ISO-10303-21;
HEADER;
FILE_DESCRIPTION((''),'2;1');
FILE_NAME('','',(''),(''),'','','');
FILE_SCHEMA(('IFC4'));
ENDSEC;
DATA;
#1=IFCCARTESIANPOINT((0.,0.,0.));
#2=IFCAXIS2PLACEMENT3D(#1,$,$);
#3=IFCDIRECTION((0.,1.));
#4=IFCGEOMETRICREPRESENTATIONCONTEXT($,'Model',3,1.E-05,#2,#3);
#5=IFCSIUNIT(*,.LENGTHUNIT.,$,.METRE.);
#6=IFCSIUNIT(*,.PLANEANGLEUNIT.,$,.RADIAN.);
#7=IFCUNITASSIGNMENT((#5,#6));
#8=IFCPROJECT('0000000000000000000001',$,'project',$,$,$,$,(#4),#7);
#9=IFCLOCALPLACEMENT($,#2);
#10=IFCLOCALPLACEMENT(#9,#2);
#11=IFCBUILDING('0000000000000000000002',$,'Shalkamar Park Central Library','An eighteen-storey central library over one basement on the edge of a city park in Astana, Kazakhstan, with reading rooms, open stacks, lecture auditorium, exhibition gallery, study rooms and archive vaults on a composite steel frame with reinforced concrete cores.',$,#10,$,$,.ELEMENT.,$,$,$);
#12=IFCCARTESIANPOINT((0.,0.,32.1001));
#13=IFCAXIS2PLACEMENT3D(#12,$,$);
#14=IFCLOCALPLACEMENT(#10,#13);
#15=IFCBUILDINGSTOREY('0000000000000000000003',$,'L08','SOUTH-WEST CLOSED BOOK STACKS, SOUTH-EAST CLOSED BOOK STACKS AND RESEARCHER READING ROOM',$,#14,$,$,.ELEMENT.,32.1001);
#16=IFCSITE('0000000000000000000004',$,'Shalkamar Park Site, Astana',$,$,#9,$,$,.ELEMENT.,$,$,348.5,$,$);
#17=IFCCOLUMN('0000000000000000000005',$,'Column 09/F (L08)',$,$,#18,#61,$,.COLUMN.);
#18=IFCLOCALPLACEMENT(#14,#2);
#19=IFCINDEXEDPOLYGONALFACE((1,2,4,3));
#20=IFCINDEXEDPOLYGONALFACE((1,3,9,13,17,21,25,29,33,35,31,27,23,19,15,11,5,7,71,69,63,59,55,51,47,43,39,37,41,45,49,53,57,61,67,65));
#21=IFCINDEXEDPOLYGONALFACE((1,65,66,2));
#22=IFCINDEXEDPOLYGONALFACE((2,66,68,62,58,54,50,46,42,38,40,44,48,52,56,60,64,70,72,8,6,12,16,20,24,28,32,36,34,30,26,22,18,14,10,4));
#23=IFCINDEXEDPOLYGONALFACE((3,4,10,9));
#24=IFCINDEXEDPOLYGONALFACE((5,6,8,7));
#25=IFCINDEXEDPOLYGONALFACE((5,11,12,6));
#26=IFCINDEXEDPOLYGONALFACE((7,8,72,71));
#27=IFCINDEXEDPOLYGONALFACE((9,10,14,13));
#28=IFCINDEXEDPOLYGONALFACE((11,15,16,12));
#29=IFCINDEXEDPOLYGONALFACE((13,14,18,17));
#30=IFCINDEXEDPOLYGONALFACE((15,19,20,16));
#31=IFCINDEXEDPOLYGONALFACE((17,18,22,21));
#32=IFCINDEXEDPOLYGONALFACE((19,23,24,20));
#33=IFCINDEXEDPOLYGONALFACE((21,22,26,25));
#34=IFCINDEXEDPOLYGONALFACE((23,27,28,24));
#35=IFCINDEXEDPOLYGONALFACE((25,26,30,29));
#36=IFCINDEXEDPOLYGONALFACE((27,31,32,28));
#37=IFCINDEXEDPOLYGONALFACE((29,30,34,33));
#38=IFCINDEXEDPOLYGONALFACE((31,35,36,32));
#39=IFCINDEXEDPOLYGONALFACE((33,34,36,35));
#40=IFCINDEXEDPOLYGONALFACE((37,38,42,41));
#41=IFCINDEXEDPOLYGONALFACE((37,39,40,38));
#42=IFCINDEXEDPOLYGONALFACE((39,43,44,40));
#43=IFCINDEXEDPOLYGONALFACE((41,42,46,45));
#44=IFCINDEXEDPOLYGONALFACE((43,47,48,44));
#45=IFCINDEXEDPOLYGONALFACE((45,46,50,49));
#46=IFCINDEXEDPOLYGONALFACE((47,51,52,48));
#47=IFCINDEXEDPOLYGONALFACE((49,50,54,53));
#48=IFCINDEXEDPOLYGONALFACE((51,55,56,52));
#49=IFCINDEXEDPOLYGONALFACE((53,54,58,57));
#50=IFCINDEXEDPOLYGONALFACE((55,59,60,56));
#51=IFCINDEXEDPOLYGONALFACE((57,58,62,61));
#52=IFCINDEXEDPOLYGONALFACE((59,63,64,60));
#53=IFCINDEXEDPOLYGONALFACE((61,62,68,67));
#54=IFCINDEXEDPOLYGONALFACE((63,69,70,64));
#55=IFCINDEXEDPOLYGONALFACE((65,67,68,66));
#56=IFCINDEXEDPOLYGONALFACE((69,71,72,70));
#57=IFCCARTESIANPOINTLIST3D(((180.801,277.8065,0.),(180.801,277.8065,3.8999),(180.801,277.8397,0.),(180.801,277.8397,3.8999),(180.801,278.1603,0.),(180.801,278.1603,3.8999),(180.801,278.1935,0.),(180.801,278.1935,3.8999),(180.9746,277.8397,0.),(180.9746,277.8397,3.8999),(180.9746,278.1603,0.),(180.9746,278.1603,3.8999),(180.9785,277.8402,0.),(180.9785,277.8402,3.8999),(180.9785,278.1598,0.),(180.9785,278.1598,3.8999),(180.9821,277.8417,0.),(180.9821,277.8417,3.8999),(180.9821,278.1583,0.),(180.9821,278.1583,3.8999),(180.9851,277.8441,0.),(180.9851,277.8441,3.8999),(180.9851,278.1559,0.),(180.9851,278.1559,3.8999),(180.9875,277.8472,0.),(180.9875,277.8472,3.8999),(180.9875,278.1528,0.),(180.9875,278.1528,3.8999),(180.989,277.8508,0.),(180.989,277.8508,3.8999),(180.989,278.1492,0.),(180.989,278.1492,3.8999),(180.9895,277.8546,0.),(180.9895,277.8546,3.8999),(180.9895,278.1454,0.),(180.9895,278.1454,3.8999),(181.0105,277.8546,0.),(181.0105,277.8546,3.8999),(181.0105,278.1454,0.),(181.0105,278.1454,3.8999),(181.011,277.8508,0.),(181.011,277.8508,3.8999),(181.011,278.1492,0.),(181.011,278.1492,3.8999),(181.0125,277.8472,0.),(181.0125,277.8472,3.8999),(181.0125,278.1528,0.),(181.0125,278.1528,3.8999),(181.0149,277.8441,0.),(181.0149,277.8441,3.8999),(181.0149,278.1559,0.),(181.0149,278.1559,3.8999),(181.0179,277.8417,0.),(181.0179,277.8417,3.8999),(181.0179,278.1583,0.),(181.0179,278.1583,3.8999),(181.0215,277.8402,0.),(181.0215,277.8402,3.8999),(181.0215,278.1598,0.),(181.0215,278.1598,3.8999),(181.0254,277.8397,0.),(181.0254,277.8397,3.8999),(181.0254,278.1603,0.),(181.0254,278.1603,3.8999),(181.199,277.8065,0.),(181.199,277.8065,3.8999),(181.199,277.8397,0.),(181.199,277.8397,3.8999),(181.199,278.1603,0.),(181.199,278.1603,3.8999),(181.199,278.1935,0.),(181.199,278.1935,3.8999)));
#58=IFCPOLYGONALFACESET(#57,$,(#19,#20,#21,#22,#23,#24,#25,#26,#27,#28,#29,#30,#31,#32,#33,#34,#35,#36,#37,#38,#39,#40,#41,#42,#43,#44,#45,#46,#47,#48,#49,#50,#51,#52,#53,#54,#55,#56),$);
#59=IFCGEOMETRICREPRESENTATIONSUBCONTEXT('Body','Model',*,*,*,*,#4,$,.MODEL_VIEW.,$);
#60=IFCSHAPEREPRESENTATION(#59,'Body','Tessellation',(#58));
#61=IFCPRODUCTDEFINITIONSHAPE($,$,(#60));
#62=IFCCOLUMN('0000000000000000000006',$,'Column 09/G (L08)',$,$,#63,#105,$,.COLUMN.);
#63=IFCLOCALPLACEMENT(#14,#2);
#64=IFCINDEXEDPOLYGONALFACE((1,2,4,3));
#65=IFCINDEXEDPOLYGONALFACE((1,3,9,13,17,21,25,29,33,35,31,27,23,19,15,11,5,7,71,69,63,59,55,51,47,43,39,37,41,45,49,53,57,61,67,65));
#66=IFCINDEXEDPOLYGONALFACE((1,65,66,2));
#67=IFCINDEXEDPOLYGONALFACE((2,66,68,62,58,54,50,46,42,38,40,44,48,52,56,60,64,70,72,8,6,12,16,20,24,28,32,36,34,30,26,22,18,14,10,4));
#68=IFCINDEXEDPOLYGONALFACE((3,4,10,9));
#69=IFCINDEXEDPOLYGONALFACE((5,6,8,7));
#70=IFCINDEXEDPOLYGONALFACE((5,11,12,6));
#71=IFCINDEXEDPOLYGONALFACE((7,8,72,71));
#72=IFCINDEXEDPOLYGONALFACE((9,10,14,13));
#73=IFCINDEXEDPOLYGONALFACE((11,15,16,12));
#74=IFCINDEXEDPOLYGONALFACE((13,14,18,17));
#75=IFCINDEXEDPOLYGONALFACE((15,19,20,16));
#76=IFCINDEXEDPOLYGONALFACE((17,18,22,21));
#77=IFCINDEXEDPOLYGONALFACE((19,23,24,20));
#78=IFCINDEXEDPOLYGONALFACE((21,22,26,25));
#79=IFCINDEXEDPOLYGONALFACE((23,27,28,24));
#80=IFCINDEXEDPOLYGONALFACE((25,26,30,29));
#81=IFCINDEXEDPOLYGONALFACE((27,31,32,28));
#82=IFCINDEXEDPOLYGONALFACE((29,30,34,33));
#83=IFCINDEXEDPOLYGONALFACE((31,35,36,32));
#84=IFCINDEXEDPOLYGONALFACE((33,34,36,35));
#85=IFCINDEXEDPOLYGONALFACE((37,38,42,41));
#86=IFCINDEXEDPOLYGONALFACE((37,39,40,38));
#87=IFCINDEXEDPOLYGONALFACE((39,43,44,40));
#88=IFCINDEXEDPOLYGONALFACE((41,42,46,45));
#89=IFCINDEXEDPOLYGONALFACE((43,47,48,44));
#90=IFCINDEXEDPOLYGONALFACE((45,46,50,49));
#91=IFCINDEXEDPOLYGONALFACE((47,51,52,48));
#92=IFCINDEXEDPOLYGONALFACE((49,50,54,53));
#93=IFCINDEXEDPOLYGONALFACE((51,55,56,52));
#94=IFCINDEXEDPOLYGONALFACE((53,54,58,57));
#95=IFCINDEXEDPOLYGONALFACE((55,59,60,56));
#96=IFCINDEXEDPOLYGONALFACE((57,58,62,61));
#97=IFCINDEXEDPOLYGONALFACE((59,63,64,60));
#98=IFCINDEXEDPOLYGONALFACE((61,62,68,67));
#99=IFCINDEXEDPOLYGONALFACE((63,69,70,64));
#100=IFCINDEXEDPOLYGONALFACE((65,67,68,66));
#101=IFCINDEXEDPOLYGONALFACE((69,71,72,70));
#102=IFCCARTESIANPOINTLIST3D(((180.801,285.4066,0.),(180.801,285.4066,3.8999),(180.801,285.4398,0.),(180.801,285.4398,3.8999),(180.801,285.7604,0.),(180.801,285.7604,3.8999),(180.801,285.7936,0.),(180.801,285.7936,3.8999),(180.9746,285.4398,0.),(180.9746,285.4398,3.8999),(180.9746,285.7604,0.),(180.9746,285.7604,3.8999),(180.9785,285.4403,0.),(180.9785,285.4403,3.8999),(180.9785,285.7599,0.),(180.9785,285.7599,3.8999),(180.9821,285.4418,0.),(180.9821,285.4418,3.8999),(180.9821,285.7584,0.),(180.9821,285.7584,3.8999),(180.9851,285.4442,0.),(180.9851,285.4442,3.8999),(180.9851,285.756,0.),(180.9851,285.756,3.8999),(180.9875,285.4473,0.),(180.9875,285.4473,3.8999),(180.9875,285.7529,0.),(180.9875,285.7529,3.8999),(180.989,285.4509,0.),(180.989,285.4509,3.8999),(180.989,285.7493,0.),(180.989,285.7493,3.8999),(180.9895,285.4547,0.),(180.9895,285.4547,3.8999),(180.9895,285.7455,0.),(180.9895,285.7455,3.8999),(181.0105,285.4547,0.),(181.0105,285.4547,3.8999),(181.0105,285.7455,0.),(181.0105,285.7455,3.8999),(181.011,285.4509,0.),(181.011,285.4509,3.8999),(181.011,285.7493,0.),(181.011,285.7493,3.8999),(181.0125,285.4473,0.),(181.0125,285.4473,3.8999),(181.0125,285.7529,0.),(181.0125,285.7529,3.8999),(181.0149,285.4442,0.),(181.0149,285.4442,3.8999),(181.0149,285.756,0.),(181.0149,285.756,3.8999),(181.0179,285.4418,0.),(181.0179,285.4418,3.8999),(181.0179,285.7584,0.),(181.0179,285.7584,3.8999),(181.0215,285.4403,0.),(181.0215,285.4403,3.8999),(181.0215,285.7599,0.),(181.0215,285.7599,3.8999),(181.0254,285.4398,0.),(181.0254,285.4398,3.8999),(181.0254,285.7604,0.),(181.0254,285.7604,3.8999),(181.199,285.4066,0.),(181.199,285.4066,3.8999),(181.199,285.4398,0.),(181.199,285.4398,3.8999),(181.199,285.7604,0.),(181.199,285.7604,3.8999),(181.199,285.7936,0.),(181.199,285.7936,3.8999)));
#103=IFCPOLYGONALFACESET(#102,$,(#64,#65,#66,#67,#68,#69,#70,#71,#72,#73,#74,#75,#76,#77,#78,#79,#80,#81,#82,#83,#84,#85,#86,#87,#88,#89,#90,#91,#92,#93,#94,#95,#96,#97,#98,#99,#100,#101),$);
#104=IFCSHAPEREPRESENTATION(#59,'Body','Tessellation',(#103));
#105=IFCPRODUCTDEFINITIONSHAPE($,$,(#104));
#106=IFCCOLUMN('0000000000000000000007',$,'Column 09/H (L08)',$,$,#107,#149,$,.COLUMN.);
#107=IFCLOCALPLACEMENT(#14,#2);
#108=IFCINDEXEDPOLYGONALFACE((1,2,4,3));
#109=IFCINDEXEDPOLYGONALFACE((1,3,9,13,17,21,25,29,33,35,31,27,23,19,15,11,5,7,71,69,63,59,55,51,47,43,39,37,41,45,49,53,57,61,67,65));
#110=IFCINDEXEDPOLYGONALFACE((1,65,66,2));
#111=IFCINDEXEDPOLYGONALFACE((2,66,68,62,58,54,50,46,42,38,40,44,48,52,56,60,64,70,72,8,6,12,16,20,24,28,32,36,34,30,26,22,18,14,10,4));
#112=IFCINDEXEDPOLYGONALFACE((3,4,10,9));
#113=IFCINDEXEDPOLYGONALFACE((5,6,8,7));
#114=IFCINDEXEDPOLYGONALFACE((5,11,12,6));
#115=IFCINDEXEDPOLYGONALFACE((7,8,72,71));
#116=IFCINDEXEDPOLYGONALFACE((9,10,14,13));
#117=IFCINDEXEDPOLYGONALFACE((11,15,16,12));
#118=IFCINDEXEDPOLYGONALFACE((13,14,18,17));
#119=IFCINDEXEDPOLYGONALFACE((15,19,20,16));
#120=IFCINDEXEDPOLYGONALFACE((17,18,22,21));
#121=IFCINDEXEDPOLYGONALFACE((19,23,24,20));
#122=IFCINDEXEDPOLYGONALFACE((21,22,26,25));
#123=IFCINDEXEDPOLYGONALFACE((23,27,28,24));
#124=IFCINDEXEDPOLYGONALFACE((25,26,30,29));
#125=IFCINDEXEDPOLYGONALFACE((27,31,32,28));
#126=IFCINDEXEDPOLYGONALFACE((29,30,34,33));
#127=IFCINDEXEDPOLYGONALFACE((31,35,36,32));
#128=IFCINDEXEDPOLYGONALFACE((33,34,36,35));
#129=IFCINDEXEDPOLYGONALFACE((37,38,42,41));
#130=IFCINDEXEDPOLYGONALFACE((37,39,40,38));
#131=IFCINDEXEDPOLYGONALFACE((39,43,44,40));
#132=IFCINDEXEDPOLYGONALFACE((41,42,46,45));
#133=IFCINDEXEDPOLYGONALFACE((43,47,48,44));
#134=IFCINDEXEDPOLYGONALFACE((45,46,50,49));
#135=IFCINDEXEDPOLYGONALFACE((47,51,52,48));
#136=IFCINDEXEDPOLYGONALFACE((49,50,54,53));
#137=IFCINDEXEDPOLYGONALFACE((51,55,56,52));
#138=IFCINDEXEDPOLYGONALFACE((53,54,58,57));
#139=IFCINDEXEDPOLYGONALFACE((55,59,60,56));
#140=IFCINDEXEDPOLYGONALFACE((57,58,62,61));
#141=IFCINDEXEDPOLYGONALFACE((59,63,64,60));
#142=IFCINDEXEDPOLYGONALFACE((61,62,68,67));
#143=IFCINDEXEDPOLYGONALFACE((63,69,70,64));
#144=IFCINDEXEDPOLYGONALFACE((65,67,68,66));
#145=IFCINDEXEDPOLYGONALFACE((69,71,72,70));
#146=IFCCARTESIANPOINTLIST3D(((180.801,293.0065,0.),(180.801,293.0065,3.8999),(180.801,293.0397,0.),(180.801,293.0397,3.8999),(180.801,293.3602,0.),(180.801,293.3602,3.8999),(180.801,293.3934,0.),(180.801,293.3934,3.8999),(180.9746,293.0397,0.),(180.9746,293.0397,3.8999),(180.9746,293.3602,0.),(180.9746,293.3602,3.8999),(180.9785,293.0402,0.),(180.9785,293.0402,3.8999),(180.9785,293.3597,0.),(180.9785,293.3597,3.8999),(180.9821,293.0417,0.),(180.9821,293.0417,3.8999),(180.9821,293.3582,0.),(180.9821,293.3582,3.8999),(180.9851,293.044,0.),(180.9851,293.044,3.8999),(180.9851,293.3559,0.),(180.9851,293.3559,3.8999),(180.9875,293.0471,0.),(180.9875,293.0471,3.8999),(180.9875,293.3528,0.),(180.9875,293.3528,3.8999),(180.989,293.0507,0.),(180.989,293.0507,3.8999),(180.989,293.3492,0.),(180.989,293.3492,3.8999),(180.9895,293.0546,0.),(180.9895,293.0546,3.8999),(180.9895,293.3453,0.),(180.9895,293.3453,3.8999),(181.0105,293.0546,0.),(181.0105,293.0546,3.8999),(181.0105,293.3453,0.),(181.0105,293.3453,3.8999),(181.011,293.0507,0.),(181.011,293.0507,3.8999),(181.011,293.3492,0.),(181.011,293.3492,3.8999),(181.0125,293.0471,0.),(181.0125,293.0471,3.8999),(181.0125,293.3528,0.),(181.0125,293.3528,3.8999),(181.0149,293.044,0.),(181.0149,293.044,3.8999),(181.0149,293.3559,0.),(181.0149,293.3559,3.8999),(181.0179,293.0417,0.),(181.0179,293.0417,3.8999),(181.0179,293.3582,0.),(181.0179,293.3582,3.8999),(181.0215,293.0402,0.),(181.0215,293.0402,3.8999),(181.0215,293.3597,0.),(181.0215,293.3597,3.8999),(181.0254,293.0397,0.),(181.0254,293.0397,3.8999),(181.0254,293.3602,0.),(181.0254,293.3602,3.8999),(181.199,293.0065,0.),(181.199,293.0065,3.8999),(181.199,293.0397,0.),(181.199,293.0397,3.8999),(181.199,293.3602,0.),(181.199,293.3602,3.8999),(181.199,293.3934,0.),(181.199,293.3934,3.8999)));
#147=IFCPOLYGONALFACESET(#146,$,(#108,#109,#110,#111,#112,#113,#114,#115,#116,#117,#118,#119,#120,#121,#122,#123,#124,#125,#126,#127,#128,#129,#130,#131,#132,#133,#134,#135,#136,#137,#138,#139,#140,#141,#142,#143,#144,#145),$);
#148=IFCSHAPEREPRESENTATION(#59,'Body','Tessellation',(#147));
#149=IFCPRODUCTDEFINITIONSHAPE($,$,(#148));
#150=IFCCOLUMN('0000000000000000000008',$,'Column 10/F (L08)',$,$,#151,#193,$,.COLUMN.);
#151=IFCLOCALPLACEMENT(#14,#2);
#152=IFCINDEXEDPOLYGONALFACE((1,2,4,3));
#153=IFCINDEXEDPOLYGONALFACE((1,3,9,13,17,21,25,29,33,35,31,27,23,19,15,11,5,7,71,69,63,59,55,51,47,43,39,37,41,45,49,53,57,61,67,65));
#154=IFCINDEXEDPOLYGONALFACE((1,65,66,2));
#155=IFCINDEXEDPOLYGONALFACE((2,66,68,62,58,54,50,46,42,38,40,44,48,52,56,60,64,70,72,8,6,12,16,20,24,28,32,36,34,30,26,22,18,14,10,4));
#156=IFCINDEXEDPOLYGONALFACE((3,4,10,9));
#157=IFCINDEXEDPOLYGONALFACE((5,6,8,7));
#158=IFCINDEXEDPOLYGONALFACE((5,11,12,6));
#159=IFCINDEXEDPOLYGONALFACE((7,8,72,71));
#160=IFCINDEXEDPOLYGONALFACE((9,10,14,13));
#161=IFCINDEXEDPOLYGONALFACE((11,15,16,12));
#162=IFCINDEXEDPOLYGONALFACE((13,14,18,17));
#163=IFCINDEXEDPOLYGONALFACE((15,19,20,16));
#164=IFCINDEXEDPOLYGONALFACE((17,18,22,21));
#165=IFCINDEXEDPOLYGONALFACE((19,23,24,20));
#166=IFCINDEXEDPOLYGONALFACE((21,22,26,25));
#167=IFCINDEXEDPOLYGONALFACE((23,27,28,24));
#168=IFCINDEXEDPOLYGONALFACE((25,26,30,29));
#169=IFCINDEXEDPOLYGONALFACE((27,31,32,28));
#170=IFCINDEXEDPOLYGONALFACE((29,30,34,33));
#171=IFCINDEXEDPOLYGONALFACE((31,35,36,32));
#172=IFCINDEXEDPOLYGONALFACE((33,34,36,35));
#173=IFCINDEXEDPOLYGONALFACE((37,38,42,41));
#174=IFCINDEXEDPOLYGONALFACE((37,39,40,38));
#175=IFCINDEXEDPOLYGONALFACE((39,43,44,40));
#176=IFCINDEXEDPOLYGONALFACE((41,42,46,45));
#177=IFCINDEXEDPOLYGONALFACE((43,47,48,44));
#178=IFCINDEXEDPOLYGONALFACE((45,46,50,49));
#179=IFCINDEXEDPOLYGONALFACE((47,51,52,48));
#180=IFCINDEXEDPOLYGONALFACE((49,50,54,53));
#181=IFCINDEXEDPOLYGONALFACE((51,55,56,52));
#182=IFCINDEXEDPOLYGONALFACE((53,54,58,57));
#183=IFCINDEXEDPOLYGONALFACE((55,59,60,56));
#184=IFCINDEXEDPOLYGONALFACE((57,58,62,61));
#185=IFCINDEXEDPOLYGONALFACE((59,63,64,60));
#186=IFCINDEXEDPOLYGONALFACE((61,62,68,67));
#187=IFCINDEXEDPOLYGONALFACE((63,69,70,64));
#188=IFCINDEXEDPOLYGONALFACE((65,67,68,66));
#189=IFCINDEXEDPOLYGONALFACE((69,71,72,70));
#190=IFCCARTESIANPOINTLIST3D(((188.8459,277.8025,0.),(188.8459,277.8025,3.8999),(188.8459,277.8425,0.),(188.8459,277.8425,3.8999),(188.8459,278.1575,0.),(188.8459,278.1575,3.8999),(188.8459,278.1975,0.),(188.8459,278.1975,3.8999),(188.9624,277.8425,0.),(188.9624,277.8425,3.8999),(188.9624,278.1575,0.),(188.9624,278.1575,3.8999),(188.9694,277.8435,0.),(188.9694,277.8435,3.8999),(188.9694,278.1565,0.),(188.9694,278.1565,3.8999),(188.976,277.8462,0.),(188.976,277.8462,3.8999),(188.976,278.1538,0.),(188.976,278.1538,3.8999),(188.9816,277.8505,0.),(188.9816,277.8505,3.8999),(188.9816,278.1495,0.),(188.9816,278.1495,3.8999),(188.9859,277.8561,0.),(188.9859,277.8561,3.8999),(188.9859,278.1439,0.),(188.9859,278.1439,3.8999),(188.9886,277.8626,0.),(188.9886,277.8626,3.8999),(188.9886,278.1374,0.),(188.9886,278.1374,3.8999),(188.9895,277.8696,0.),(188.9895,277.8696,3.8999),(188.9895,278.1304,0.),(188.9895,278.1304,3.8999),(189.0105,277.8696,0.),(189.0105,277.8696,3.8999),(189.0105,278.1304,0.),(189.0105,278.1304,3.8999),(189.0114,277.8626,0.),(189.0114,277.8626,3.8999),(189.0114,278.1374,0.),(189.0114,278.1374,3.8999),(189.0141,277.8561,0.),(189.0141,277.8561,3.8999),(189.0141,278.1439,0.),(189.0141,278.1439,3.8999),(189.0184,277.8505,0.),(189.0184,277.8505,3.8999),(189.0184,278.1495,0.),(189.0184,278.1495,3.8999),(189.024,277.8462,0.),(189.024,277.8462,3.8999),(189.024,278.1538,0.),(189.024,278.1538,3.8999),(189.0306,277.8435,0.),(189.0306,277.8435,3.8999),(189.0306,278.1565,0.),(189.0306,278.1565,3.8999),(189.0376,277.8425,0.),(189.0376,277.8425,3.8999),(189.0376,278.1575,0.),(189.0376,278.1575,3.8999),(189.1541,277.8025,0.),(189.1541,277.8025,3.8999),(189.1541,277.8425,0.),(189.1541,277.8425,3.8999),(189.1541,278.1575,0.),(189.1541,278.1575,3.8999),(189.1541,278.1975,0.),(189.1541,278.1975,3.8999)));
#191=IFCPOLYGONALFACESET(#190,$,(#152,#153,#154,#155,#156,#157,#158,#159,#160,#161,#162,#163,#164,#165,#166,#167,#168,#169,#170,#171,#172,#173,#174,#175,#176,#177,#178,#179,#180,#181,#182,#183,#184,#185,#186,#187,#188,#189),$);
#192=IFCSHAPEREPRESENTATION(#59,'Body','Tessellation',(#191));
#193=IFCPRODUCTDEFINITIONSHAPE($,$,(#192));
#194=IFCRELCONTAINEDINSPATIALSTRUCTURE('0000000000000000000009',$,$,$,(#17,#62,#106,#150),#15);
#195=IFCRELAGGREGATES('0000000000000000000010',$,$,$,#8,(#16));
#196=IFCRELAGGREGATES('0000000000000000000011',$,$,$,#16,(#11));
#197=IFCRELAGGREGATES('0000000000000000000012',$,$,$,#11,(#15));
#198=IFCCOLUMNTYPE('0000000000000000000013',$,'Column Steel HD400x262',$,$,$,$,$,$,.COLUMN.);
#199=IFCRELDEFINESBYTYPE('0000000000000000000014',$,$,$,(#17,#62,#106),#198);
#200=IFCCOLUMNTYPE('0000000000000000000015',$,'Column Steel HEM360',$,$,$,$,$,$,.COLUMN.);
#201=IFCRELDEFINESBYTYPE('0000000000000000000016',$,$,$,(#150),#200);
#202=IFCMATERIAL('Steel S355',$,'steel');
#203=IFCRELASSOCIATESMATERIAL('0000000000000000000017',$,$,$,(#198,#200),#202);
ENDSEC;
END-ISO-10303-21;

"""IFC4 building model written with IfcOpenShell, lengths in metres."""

from ifc_helpers import new_model, si_unit, direction, frame, origin, origin_2d, place, context, subcontext, project, spatial, i_section, extrude, material, material_profile, profile_set, type_object, element, save


model = new_model("IFC4")

# Units and contexts
model_context = context("Model", 3, precision=1e-05, world=origin(), true_north=direction((0.0, 1.0)))
body_context = subcontext(model_context, "Body", "Model", "MODEL_VIEW")
ifc_project = project(units=[si_unit("LENGTHUNIT", "METRE"), si_unit("PLANEANGLEUNIT", "RADIAN")], contexts=[model_context])

# Site, building, storey
site_placement = place(None, origin())
site = spatial("IfcSite", under=ifc_project, at=site_placement, Name="Shalkamar Park Site, Astana", CompositionType="ELEMENT", RefElevation=348.5)
building_placement = place(site_placement, origin())
building = spatial("IfcBuilding", under=site, at=building_placement, Name="Shalkamar Park Central Library", Description="An eighteen-storey central library over one basement on the edge of a city park in Astana, Kazakhstan, with reading rooms, open stacks, lecture auditorium, exhibition gallery, study rooms and archive vaults on a composite steel frame with reinforced concrete cores.", CompositionType="ELEMENT")
storey_placement = place(building_placement, frame((0.0, 0.0, 32.1001)))
storey = spatial("IfcBuildingStorey", under=building, at=storey_placement, Name="L08", Description="SOUTH-WEST CLOSED BOOK STACKS, SOUTH-EAST CLOSED BOOK STACKS AND RESEARCHER READING ROOM", CompositionType="ELEMENT", Elevation=32.1001)

# Columns
ifc_material_1 = material(Name="Steel S355", Category="steel")
ifc_material_profile_1 = material_profile(ifc_material_1, i_section(OverallWidth=0.3979, OverallDepth=0.387, WebThickness=0.021, FlangeThickness=0.0332, FilletRadius=0.0149, at=origin_2d()), Name="HD 400x262")
ifc_profile_set_1 = profile_set([ifc_material_profile_1], Name="Steel S355")
column_type_1 = type_object("IfcColumnType", Name="Column Steel HD400x262", PredefinedType="COLUMN", material=ifc_profile_set_1)
for number, where, z_axis, x_axis, name in (
    (1, (181.0, 278.0, 0.0), (0.0, 0.0, 1.0), (1.0, 0.0, 0.0), "Column 09/F (L08)"),
    (2, (181.0, 285.6001, 0.0), (0.0, 0.0, 1.0), (1.0, 0.0, 0.0), "Column 09/G (L08)"),
    (3, (181.0, 293.2, 0.0), (0.0, 0.0, 1.0), (1.0, 0.0, 0.0), "Column 09/H (L08)"),
):
    element("IfcColumn", number, at=place(storey_placement, frame(where, z_axis=z_axis, x_axis=x_axis)), inside=storey, type_object=column_type_1, Name=name, PredefinedType="COLUMN", context=body_context, shape_type="SweptSolid", body=[
        extrude(i_section(OverallWidth=0.3979, OverallDepth=0.387, WebThickness=0.021, FlangeThickness=0.0332, FilletRadius=0.0149, at=origin_2d()), origin(), (0.0, 0.0, 1.0), 3.8999),
    ])
ifc_material_profile_2 = material_profile(ifc_material_1, i_section(OverallWidth=0.3081, OverallDepth=0.395, WebThickness=0.021, FlangeThickness=0.04, FilletRadius=0.0271, at=origin_2d()), Name="HEM 360")
ifc_profile_set_2 = profile_set([ifc_material_profile_2], Name="Steel S355")
column_type_2 = type_object("IfcColumnType", Name="Column Steel HEM360", PredefinedType="COLUMN", material=ifc_profile_set_2)
for number, where, z_axis, x_axis, name in (
    (4, (189.0, 278.0, 0.0), (0.0, 0.0, 1.0), (1.0, 0.0, 0.0), "Column 10/F (L08)"),
):
    element("IfcColumn", number, at=place(storey_placement, frame(where, z_axis=z_axis, x_axis=x_axis)), inside=storey, type_object=column_type_2, Name=name, PredefinedType="COLUMN", context=body_context, shape_type="SweptSolid", body=[
        extrude(i_section(OverallWidth=0.3081, OverallDepth=0.395, WebThickness=0.021, FlangeThickness=0.04, FilletRadius=0.0271, at=origin_2d()), origin(), (0.0, 0.0, 1.0), 3.8999),
    ])

save(model, "model.ifc")
